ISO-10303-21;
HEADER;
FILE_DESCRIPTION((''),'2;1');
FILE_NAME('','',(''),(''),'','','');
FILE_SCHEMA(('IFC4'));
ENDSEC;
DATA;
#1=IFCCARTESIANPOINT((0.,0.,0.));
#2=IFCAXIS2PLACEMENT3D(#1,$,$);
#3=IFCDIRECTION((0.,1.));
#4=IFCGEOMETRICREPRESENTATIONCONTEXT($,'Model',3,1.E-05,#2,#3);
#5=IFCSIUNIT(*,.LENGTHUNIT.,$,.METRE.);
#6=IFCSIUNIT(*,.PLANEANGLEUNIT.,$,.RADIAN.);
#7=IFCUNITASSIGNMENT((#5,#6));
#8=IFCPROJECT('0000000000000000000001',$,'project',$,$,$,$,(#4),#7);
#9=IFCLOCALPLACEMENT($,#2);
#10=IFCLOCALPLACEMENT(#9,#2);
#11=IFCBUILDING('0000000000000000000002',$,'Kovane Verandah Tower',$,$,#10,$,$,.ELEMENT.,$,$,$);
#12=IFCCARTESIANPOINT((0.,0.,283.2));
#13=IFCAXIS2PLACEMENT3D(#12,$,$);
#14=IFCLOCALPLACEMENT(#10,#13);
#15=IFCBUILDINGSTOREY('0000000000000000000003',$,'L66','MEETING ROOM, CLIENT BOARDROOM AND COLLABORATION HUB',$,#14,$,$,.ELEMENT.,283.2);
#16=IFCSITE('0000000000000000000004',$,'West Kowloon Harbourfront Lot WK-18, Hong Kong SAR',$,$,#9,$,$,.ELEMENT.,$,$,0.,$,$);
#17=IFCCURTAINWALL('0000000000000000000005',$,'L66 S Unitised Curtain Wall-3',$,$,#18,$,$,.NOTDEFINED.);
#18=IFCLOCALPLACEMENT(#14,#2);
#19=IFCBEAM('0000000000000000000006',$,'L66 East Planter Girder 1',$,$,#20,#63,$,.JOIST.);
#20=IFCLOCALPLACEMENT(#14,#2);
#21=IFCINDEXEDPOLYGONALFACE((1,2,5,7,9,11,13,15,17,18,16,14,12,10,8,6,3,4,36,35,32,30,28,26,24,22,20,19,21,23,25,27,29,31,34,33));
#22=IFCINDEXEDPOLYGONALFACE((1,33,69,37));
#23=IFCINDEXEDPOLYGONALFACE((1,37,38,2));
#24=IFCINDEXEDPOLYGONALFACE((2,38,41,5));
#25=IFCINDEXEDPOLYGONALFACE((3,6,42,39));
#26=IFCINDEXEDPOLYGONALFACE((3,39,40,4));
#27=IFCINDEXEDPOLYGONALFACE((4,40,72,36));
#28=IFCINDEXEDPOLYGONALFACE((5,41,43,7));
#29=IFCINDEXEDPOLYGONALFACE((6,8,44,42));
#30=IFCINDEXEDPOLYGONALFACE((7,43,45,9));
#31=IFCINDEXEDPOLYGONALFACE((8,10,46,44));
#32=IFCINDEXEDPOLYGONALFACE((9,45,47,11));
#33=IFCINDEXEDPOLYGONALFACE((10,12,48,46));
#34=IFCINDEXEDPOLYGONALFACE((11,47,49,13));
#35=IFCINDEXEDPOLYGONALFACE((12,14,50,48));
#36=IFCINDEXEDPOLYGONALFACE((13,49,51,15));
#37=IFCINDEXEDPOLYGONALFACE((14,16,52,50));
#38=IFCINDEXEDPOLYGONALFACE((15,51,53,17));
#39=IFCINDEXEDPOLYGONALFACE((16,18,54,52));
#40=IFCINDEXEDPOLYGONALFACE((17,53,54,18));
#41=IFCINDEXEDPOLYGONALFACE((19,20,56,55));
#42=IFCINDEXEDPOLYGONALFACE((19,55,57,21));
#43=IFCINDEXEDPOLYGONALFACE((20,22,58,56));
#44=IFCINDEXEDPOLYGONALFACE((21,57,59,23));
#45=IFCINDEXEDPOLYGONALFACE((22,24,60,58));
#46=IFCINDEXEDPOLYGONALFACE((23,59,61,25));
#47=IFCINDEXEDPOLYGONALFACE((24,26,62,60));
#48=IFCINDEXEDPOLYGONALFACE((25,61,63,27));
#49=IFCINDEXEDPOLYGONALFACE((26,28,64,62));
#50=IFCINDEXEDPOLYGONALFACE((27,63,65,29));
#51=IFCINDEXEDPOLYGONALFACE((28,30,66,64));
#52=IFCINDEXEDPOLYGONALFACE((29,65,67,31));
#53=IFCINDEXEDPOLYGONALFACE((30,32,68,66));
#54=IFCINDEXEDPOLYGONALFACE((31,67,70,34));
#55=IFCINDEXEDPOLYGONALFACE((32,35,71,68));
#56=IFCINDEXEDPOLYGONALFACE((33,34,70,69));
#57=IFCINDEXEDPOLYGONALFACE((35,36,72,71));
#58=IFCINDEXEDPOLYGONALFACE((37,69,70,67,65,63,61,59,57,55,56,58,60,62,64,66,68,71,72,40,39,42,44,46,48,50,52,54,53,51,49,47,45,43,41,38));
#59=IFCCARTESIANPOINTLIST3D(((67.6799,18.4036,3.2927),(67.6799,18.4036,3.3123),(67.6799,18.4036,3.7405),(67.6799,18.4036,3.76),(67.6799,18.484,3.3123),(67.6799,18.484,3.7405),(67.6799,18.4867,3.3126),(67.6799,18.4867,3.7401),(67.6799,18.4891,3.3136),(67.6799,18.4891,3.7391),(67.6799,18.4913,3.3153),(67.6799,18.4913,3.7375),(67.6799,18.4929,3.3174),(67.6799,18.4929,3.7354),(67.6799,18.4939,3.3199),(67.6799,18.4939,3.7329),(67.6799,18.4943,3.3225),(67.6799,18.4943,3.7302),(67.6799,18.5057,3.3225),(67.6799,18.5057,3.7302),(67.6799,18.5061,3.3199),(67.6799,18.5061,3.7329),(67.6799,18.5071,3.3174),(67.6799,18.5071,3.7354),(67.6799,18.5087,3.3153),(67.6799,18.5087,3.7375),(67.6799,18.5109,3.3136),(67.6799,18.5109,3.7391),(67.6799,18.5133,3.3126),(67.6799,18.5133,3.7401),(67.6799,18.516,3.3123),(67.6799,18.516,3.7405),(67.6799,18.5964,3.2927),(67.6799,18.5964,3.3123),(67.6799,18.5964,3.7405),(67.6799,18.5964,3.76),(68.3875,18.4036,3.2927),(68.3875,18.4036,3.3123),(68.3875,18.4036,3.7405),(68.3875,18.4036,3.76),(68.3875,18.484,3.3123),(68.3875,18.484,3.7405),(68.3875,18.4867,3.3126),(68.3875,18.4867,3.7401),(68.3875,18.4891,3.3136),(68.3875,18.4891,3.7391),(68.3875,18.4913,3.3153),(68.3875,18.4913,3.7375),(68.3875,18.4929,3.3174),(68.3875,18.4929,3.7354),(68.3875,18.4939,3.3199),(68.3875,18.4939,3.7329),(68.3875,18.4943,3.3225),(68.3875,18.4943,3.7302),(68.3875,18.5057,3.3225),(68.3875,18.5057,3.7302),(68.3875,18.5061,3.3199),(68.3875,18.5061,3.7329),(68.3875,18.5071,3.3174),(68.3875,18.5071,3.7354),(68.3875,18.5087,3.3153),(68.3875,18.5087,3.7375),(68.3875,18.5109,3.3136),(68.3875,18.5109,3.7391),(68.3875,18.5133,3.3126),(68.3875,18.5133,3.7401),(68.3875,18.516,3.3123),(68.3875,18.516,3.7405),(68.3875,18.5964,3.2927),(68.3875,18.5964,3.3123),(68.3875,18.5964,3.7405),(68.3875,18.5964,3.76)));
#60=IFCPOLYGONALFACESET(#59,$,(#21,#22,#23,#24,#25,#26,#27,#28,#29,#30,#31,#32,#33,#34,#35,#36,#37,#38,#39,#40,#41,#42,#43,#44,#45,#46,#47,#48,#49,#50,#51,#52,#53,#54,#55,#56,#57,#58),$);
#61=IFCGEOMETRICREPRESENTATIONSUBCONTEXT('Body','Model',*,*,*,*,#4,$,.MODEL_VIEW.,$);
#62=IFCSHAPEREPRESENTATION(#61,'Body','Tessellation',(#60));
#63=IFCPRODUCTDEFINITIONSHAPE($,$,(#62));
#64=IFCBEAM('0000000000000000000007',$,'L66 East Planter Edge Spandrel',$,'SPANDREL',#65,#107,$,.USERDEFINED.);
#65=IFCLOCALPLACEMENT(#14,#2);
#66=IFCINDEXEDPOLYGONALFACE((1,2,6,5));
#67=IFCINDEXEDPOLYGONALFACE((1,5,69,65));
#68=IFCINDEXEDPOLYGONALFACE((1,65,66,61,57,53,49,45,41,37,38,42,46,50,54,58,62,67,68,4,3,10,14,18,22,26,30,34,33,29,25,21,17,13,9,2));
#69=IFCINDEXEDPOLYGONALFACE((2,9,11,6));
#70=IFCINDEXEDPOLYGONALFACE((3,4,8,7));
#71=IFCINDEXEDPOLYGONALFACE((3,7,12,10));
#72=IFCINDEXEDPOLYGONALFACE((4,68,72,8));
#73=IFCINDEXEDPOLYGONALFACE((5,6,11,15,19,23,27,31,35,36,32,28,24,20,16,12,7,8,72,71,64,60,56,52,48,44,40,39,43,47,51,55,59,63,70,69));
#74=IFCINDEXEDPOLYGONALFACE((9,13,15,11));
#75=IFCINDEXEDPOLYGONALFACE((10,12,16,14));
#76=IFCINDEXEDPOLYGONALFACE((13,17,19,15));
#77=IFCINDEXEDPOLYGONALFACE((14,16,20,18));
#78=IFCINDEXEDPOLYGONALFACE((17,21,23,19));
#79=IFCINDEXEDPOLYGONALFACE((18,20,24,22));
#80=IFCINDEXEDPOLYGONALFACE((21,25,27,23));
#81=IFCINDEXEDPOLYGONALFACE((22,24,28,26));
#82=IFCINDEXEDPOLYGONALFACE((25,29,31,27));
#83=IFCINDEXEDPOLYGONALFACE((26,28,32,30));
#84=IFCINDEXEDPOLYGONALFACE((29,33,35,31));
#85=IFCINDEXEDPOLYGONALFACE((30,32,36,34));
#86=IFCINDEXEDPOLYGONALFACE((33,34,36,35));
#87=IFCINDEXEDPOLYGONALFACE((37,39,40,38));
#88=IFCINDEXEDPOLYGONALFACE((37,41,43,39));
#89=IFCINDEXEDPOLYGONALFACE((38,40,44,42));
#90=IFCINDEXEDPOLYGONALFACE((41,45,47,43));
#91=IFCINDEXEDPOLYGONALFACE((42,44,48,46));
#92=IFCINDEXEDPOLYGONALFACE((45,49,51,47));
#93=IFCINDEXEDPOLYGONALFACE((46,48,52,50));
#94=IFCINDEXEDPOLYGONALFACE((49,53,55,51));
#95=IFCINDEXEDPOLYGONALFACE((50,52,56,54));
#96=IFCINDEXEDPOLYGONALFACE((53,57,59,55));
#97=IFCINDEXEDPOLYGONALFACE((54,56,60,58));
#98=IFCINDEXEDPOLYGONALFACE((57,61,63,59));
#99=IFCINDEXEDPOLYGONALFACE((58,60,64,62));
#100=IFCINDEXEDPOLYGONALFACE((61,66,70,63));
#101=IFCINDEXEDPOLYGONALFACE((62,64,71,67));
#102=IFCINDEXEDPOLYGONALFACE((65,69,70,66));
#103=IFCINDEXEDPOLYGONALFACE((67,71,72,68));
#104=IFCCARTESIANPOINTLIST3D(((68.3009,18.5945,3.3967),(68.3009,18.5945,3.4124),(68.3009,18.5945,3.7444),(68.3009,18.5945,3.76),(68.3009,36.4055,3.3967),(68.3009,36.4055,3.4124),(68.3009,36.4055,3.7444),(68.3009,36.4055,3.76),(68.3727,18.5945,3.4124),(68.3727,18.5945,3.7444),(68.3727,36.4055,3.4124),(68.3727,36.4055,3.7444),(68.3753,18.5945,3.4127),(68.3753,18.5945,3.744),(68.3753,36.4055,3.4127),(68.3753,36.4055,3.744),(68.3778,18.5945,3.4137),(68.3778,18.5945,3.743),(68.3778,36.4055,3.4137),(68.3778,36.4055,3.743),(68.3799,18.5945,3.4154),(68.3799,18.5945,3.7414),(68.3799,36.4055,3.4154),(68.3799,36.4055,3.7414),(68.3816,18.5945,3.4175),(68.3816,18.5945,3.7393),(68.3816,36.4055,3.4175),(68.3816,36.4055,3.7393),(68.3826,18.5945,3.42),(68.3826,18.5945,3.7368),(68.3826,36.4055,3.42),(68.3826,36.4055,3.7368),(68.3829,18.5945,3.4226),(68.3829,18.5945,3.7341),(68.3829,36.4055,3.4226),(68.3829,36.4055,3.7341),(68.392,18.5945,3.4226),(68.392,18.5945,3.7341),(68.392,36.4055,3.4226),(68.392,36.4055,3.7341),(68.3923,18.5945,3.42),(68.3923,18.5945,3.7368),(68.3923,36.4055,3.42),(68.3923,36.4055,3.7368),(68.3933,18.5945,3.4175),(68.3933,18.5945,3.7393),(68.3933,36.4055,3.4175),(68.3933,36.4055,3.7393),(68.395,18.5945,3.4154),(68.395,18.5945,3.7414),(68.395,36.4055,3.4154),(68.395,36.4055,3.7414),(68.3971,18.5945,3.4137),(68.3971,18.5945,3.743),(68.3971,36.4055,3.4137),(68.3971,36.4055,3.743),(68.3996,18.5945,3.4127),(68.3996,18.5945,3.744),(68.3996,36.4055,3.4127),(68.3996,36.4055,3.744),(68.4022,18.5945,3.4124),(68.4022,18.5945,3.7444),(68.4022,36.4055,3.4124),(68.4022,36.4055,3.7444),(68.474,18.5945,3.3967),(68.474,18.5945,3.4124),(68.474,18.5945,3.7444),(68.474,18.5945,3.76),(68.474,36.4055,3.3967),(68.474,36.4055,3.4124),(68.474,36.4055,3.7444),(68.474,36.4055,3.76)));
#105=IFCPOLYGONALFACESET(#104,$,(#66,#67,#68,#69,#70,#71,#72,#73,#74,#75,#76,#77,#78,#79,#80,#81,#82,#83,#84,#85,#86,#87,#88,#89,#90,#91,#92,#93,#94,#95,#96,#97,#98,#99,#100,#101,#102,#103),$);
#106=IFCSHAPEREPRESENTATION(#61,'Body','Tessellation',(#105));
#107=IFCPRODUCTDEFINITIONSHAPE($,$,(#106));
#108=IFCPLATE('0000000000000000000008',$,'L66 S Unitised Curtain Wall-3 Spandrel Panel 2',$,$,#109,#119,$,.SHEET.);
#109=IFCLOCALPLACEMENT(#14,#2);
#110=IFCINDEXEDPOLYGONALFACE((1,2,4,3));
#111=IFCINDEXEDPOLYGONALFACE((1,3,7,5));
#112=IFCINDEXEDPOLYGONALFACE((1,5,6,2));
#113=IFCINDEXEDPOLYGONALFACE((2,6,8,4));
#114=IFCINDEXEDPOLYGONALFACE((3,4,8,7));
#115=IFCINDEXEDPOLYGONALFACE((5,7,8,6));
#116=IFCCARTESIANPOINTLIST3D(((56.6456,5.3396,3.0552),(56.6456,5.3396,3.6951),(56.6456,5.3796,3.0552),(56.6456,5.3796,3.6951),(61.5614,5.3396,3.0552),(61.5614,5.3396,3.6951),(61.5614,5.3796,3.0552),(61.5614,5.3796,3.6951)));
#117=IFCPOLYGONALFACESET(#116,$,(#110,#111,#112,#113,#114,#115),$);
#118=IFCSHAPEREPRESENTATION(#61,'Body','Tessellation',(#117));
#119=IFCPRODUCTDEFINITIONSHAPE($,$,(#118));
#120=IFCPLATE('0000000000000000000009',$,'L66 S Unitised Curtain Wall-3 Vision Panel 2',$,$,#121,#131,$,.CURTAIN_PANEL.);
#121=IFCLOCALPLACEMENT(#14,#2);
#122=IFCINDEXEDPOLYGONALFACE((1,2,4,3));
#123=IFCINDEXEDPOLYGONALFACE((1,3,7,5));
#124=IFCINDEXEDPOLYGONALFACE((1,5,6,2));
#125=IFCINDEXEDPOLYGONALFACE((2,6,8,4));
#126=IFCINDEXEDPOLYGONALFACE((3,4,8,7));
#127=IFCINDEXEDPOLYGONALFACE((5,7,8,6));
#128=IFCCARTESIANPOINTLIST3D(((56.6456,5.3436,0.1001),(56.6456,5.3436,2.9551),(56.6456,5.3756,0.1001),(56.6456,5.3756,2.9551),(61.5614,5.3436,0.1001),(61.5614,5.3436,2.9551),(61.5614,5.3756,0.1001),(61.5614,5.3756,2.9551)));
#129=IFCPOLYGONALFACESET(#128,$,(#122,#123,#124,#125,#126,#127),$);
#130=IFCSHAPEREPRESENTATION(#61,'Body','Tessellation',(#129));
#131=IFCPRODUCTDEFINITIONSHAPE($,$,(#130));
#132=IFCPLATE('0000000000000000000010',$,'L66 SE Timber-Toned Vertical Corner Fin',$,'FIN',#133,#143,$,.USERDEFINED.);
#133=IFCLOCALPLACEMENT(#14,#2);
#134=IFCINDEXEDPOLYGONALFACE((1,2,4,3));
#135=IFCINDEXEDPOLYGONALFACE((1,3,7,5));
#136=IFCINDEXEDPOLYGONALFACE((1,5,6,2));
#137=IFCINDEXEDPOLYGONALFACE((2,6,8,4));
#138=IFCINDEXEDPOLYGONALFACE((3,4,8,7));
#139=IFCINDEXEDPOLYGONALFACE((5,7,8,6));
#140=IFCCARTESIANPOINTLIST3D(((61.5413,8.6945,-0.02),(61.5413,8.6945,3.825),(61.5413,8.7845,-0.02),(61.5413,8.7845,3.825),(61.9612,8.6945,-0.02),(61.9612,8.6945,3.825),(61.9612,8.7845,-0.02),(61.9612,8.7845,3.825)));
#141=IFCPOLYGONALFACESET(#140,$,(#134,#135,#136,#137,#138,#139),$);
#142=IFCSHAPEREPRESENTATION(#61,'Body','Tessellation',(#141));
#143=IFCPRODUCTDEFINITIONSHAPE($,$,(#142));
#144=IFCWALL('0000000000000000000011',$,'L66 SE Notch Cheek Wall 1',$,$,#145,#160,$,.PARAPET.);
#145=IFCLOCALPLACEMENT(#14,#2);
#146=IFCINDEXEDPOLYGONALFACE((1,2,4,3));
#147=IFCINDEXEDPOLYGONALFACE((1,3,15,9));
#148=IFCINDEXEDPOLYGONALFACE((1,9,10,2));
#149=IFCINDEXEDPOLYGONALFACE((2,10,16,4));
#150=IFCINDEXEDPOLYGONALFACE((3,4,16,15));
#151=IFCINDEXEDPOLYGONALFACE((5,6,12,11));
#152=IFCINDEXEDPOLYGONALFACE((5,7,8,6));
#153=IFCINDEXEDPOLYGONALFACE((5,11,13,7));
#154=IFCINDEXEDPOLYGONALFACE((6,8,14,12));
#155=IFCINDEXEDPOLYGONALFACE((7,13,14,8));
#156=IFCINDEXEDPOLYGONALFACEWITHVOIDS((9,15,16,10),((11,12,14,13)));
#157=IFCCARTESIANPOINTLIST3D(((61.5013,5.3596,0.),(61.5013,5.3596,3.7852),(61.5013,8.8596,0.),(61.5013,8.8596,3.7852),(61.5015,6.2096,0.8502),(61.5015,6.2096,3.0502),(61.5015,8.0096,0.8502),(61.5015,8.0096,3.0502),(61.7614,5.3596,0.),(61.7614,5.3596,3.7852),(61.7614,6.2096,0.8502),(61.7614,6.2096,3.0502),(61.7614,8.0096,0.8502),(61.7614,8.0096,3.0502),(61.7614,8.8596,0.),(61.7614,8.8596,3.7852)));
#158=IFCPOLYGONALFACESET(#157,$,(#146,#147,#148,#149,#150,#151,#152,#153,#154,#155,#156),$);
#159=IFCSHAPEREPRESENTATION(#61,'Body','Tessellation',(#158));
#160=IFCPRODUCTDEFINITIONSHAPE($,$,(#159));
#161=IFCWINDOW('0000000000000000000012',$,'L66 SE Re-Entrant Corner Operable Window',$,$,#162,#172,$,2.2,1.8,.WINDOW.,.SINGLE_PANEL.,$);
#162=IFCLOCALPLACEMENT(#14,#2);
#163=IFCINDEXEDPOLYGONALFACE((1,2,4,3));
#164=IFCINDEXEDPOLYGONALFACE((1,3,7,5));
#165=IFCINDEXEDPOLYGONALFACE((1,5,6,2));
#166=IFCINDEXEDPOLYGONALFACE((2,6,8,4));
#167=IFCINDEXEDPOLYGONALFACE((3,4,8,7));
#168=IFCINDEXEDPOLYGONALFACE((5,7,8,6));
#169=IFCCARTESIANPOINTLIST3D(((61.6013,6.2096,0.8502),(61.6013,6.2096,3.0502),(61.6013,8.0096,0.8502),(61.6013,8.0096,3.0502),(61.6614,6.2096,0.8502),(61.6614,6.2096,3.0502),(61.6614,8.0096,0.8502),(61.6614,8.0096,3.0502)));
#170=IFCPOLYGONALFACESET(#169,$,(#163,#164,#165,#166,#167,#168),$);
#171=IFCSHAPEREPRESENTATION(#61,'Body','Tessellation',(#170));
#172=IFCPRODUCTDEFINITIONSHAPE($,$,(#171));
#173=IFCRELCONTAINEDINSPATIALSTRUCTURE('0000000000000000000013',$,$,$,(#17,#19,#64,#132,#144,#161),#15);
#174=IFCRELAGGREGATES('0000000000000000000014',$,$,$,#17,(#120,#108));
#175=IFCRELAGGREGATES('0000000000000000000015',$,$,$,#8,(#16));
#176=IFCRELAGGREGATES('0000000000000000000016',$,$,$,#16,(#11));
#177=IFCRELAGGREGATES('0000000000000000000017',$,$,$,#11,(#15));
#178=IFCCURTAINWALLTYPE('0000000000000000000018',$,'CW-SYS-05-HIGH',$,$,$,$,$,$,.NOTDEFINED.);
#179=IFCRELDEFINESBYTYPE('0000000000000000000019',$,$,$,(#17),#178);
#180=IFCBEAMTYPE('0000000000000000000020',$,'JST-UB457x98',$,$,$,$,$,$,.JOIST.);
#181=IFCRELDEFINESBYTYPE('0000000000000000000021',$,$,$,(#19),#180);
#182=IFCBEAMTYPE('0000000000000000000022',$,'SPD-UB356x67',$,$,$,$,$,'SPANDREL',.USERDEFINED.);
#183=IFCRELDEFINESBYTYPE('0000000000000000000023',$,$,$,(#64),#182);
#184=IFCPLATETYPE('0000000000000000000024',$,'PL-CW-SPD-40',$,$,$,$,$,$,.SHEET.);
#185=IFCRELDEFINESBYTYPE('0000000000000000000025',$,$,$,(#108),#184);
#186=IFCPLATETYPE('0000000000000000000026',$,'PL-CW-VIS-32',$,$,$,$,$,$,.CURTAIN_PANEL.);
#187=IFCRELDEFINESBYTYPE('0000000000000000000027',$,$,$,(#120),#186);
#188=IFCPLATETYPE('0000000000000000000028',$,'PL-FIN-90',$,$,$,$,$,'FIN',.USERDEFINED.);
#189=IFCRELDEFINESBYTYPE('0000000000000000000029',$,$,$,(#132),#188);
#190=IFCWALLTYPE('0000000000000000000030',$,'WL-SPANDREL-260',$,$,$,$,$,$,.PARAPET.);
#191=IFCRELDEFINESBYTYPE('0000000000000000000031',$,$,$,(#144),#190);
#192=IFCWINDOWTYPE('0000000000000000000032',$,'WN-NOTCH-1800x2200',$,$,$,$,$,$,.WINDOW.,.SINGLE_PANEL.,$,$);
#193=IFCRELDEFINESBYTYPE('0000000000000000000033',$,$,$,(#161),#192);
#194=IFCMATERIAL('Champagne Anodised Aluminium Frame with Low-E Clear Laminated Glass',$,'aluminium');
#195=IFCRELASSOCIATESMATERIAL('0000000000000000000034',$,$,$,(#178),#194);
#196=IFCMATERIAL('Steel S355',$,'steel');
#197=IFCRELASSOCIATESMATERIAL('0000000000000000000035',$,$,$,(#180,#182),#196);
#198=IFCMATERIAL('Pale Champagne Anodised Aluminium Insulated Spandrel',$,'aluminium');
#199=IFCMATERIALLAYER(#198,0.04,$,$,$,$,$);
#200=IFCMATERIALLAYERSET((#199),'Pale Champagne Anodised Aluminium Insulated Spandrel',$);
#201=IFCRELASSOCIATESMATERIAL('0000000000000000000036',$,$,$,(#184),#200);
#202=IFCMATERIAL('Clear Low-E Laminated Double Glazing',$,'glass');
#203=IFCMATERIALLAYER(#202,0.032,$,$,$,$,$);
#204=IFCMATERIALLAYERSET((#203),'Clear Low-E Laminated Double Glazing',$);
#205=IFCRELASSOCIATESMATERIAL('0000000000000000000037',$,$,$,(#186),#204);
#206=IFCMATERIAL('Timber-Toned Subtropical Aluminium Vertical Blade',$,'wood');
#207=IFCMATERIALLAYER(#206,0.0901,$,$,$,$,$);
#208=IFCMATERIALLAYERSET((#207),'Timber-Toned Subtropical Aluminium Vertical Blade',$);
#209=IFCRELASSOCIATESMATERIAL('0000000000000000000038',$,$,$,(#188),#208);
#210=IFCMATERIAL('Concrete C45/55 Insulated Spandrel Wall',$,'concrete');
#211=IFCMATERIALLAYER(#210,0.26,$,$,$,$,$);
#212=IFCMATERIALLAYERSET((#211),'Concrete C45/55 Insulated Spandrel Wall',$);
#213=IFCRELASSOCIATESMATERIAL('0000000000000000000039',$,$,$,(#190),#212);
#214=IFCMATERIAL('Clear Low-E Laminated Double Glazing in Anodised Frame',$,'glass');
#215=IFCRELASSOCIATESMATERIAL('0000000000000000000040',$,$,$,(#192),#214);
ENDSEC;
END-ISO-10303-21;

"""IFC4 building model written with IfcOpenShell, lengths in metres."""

from ifc_helpers import new_model, si_unit, direction, frame, frame_2d, origin, origin_2d, place, context, subcontext, project, spatial, rectangle, i_section, extrude, material, layer, layer_set, material_profile, profile_set, type_object, element, fill, aggregate, save


model = new_model("IFC4")

# Units and contexts
model_context = context("Model", 3, precision=1e-05, world=origin(), true_north=direction((0.0, 1.0)))
body_context = subcontext(model_context, "Body", "Model", "MODEL_VIEW")
ifc_project = project(units=[si_unit("LENGTHUNIT", "METRE"), si_unit("PLANEANGLEUNIT", "RADIAN")], contexts=[model_context])

# Site, building, storey
site_placement = place(None, origin())
site = spatial("IfcSite", under=ifc_project, at=site_placement, Name="West Kowloon Harbourfront Lot WK-18, Hong Kong SAR", CompositionType="ELEMENT", RefElevation=0.0)
building_placement = place(site_placement, origin())
building = spatial("IfcBuilding", under=site, at=building_placement, Name="Kovane Verandah Tower", CompositionType="ELEMENT")
storey_placement = place(building_placement, frame((0.0, 0.0, 283.2)))
storey = spatial("IfcBuildingStorey", under=building, at=storey_placement, Name="L66", Description="MEETING ROOM, CLIENT BOARDROOM AND COLLABORATION HUB", CompositionType="ELEMENT", Elevation=283.2)

# Shared definitions
ifc_material_1 = material(Name="Steel S355", Category="steel")

# Curtain wall
ifc_material_2 = material(Name="Champagne Anodised Aluminium Frame with Low-E Clear Laminated Glass", Category="aluminium")
curtain_wall_type = type_object("IfcCurtainWallType", Name="CW-SYS-05-HIGH", PredefinedType="NOTDEFINED", material=ifc_material_2)
curtain_wall_placement = place(storey_placement, origin())
curtain_wall = element("IfcCurtainWall", 1, at=curtain_wall_placement, inside=storey, type_object=curtain_wall_type, Name="L66 S Unitised Curtain Wall-3", PredefinedType="NOTDEFINED")

# Beams
ifc_material_profile_1 = material_profile(ifc_material_1, i_section(OverallWidth=0.1929, OverallDepth=0.4673, WebThickness=0.0115, FlangeThickness=0.0195, FilletRadius=0.0103, at=origin_2d()), Name="UB457x191x98")
ifc_profile_set_1 = profile_set([ifc_material_profile_1], Name="Steel S355")
beam_type_1 = type_object("IfcBeamType", Name="JST-UB457x98", PredefinedType="JOIST", material=ifc_profile_set_1)
beam_1_placement = place(storey_placement, frame((67.6799, 18.5, 3.5264), z_axis=(1.0, 0.0, 0.0), x_axis=(0.0, 1.0, 0.0)))
element("IfcBeam", 2, at=beam_1_placement, inside=storey, type_object=beam_type_1, Name="L66 East Planter Girder 1", PredefinedType="JOIST", context=body_context, shape_type="SweptSolid", body=[
    extrude(i_section(OverallWidth=0.1929, OverallDepth=0.4673, WebThickness=0.0115, FlangeThickness=0.0195, FilletRadius=0.0103, at=origin_2d()), origin(), (0.0, 0.0, 1.0), 0.7075),
])
ifc_material_profile_2 = material_profile(ifc_material_1, i_section(OverallWidth=0.1731, OverallDepth=0.3633, WebThickness=0.009, FlangeThickness=0.0156, FilletRadius=0.0103, at=origin_2d()), Name="UB356x171x67")
ifc_profile_set_2 = profile_set([ifc_material_profile_2], Name="Steel S355")
beam_type_2 = type_object("IfcBeamType", Name="SPD-UB356x67", ElementType="SPANDREL", PredefinedType="USERDEFINED", material=ifc_profile_set_2)
beam_2_placement = place(storey_placement, frame((68.3875, 18.5945, 3.5784), z_axis=(0.0, 1.0, 0.0), x_axis=(-1.0, 0.0, 0.0)))
element("IfcBeam", 3, at=beam_2_placement, inside=storey, type_object=beam_type_2, Name="L66 East Planter Edge Spandrel", ObjectType="SPANDREL", PredefinedType="USERDEFINED", context=body_context, shape_type="SweptSolid", body=[
    extrude(i_section(OverallWidth=0.1731, OverallDepth=0.3633, WebThickness=0.009, FlangeThickness=0.0156, FilletRadius=0.0103, at=origin_2d()), origin(), (0.0, 0.0, 1.0), 17.811),
])

# Plates
ifc_material_3 = material(Name="Pale Champagne Anodised Aluminium Insulated Spandrel", Category="aluminium")
ifc_layer_1 = layer(ifc_material_3, 0.04)
ifc_layer_set_1 = layer_set([ifc_layer_1], Name="Pale Champagne Anodised Aluminium Insulated Spandrel")
plate_type_1 = type_object("IfcPlateType", Name="PL-CW-SPD-40", PredefinedType="SHEET", material=ifc_layer_set_1)
plate_1_placement = place(storey_placement, frame((59.1035, 5.3596, 3.0552), z_axis=(0.0, 0.0, 1.0), x_axis=(1.0, 0.0, 0.0)))
plate_1 = element("IfcPlate", 4, at=plate_1_placement, type_object=plate_type_1, Name="L66 S Unitised Curtain Wall-3 Spandrel Panel 2", PredefinedType="SHEET", context=body_context, shape_type="SweptSolid", body=[
    extrude(rectangle(XDim=4.9158, YDim=0.04, at=origin_2d()), origin(), (0.0, 0.0, 1.0), 0.6399),
])
ifc_material_4 = material(Name="Clear Low-E Laminated Double Glazing", Category="glass")
ifc_layer_2 = layer(ifc_material_4, 0.032)
ifc_layer_set_2 = layer_set([ifc_layer_2], Name="Clear Low-E Laminated Double Glazing")
plate_type_2 = type_object("IfcPlateType", Name="PL-CW-VIS-32", PredefinedType="CURTAIN_PANEL", material=ifc_layer_set_2)
plate_2_placement = place(storey_placement, frame((59.1035, 5.3596, 0.1001), z_axis=(0.0, 0.0, 1.0), x_axis=(1.0, 0.0, 0.0)))
plate_2 = element("IfcPlate", 5, at=plate_2_placement, type_object=plate_type_2, Name="L66 S Unitised Curtain Wall-3 Vision Panel 2", PredefinedType="CURTAIN_PANEL", context=body_context, shape_type="SweptSolid", body=[
    extrude(rectangle(XDim=4.9158, YDim=0.032, at=origin_2d()), origin(), (0.0, 0.0, 1.0), 2.855),
])
aggregate(curtain_wall, [plate_2, plate_1])
ifc_material_5 = material(Name="Timber-Toned Subtropical Aluminium Vertical Blade", Category="wood")
ifc_layer_3 = layer(ifc_material_5, 0.0901)
ifc_layer_set_3 = layer_set([ifc_layer_3], Name="Timber-Toned Subtropical Aluminium Vertical Blade")
plate_type_3 = type_object("IfcPlateType", Name="PL-FIN-90", ElementType="FIN", PredefinedType="USERDEFINED", material=ifc_layer_set_3)
plate_3_placement = place(storey_placement, frame((61.7512, 8.7395, -0.02), z_axis=(0.0, 0.0, 1.0), x_axis=(1.0, 0.0, 0.0)))
element("IfcPlate", 6, at=plate_3_placement, inside=storey, type_object=plate_type_3, Name="L66 SE Timber-Toned Vertical Corner Fin", ObjectType="FIN", PredefinedType="USERDEFINED", context=body_context, shape_type="SweptSolid", body=[
    extrude(rectangle(XDim=0.4199, YDim=0.0901, at=origin_2d()), origin(), (0.0, 0.0, 1.0), 3.845),
])

# Shared definitions
ifc_material_6 = material(Name="Concrete C45/55 Insulated Spandrel Wall", Category="concrete")
ifc_layer_4 = layer(ifc_material_6, 0.26)
ifc_layer_set_4 = layer_set([ifc_layer_4], Name="Concrete C45/55 Insulated Spandrel Wall")
wall_type = type_object("IfcWallType", Name="WL-SPANDREL-260", PredefinedType="PARAPET", material=ifc_layer_set_4)
ifc_material_7 = material(Name="Clear Low-E Laminated Double Glazing in Anodised Frame", Category="glass")

# Wall, opening, window
wall_1_placement = place(storey_placement, frame((61.6313, 5.3596, 0.0), z_axis=(0.0, 0.0, 1.0), x_axis=(0.0, 1.0, 0.0)))
wall_1 = element("IfcWall", 7, at=wall_1_placement, inside=storey, type_object=wall_type, Name="L66 SE Notch Cheek Wall 1", PredefinedType="PARAPET", context=body_context, shape_type="SweptSolid", body=[
    extrude(rectangle(XDim=3.5, YDim=0.26, at=frame_2d((1.75, 0.0))), origin(), (0.0, 0.0, 1.0), 3.7852),
])
opening_1_placement = place(wall_1_placement, frame((0.8501, 0.0, 0.8501)))
opening_1 = element("IfcOpeningElement", 8, at=opening_1_placement, cuts=wall_1, PredefinedType="OPENING", context=body_context, shape_type="SweptSolid", body=[
    extrude(rectangle(XDim=1.8, YDim=2.2, at=frame_2d((0.8999, 1.1001))), frame((0.0, 0.1299, 0.0), z_axis=(0.0, -1.0, 0.0), x_axis=(1.0, 0.0, 0.0)), (0.0, 0.0, 1.0), 0.26),
])
window_type_1 = type_object("IfcWindowType", Name="WN-NOTCH-1800x2200", PartitioningType="SINGLE_PANEL", PredefinedType="WINDOW", material=ifc_material_7)
window_1_placement = place(opening_1_placement, origin())
window_1 = element("IfcWindow", 9, at=window_1_placement, inside=storey, type_object=window_type_1, Name="L66 SE Re-Entrant Corner Operable Window", OverallHeight=2.2, OverallWidth=1.8, PartitioningType="SINGLE_PANEL", PredefinedType="WINDOW", context=body_context, shape_type="SweptSolid", body=[
    extrude(rectangle(XDim=1.8, YDim=2.2, at=frame_2d((0.8999, 1.1001))), frame((0.0, 0.03, 0.0), z_axis=(0.0, -1.0, 0.0), x_axis=(1.0, 0.0, 0.0)), (0.0, 0.0, 1.0), 0.0601),
])
fill(opening_1, window_1)

save(model, "model.ifc")
